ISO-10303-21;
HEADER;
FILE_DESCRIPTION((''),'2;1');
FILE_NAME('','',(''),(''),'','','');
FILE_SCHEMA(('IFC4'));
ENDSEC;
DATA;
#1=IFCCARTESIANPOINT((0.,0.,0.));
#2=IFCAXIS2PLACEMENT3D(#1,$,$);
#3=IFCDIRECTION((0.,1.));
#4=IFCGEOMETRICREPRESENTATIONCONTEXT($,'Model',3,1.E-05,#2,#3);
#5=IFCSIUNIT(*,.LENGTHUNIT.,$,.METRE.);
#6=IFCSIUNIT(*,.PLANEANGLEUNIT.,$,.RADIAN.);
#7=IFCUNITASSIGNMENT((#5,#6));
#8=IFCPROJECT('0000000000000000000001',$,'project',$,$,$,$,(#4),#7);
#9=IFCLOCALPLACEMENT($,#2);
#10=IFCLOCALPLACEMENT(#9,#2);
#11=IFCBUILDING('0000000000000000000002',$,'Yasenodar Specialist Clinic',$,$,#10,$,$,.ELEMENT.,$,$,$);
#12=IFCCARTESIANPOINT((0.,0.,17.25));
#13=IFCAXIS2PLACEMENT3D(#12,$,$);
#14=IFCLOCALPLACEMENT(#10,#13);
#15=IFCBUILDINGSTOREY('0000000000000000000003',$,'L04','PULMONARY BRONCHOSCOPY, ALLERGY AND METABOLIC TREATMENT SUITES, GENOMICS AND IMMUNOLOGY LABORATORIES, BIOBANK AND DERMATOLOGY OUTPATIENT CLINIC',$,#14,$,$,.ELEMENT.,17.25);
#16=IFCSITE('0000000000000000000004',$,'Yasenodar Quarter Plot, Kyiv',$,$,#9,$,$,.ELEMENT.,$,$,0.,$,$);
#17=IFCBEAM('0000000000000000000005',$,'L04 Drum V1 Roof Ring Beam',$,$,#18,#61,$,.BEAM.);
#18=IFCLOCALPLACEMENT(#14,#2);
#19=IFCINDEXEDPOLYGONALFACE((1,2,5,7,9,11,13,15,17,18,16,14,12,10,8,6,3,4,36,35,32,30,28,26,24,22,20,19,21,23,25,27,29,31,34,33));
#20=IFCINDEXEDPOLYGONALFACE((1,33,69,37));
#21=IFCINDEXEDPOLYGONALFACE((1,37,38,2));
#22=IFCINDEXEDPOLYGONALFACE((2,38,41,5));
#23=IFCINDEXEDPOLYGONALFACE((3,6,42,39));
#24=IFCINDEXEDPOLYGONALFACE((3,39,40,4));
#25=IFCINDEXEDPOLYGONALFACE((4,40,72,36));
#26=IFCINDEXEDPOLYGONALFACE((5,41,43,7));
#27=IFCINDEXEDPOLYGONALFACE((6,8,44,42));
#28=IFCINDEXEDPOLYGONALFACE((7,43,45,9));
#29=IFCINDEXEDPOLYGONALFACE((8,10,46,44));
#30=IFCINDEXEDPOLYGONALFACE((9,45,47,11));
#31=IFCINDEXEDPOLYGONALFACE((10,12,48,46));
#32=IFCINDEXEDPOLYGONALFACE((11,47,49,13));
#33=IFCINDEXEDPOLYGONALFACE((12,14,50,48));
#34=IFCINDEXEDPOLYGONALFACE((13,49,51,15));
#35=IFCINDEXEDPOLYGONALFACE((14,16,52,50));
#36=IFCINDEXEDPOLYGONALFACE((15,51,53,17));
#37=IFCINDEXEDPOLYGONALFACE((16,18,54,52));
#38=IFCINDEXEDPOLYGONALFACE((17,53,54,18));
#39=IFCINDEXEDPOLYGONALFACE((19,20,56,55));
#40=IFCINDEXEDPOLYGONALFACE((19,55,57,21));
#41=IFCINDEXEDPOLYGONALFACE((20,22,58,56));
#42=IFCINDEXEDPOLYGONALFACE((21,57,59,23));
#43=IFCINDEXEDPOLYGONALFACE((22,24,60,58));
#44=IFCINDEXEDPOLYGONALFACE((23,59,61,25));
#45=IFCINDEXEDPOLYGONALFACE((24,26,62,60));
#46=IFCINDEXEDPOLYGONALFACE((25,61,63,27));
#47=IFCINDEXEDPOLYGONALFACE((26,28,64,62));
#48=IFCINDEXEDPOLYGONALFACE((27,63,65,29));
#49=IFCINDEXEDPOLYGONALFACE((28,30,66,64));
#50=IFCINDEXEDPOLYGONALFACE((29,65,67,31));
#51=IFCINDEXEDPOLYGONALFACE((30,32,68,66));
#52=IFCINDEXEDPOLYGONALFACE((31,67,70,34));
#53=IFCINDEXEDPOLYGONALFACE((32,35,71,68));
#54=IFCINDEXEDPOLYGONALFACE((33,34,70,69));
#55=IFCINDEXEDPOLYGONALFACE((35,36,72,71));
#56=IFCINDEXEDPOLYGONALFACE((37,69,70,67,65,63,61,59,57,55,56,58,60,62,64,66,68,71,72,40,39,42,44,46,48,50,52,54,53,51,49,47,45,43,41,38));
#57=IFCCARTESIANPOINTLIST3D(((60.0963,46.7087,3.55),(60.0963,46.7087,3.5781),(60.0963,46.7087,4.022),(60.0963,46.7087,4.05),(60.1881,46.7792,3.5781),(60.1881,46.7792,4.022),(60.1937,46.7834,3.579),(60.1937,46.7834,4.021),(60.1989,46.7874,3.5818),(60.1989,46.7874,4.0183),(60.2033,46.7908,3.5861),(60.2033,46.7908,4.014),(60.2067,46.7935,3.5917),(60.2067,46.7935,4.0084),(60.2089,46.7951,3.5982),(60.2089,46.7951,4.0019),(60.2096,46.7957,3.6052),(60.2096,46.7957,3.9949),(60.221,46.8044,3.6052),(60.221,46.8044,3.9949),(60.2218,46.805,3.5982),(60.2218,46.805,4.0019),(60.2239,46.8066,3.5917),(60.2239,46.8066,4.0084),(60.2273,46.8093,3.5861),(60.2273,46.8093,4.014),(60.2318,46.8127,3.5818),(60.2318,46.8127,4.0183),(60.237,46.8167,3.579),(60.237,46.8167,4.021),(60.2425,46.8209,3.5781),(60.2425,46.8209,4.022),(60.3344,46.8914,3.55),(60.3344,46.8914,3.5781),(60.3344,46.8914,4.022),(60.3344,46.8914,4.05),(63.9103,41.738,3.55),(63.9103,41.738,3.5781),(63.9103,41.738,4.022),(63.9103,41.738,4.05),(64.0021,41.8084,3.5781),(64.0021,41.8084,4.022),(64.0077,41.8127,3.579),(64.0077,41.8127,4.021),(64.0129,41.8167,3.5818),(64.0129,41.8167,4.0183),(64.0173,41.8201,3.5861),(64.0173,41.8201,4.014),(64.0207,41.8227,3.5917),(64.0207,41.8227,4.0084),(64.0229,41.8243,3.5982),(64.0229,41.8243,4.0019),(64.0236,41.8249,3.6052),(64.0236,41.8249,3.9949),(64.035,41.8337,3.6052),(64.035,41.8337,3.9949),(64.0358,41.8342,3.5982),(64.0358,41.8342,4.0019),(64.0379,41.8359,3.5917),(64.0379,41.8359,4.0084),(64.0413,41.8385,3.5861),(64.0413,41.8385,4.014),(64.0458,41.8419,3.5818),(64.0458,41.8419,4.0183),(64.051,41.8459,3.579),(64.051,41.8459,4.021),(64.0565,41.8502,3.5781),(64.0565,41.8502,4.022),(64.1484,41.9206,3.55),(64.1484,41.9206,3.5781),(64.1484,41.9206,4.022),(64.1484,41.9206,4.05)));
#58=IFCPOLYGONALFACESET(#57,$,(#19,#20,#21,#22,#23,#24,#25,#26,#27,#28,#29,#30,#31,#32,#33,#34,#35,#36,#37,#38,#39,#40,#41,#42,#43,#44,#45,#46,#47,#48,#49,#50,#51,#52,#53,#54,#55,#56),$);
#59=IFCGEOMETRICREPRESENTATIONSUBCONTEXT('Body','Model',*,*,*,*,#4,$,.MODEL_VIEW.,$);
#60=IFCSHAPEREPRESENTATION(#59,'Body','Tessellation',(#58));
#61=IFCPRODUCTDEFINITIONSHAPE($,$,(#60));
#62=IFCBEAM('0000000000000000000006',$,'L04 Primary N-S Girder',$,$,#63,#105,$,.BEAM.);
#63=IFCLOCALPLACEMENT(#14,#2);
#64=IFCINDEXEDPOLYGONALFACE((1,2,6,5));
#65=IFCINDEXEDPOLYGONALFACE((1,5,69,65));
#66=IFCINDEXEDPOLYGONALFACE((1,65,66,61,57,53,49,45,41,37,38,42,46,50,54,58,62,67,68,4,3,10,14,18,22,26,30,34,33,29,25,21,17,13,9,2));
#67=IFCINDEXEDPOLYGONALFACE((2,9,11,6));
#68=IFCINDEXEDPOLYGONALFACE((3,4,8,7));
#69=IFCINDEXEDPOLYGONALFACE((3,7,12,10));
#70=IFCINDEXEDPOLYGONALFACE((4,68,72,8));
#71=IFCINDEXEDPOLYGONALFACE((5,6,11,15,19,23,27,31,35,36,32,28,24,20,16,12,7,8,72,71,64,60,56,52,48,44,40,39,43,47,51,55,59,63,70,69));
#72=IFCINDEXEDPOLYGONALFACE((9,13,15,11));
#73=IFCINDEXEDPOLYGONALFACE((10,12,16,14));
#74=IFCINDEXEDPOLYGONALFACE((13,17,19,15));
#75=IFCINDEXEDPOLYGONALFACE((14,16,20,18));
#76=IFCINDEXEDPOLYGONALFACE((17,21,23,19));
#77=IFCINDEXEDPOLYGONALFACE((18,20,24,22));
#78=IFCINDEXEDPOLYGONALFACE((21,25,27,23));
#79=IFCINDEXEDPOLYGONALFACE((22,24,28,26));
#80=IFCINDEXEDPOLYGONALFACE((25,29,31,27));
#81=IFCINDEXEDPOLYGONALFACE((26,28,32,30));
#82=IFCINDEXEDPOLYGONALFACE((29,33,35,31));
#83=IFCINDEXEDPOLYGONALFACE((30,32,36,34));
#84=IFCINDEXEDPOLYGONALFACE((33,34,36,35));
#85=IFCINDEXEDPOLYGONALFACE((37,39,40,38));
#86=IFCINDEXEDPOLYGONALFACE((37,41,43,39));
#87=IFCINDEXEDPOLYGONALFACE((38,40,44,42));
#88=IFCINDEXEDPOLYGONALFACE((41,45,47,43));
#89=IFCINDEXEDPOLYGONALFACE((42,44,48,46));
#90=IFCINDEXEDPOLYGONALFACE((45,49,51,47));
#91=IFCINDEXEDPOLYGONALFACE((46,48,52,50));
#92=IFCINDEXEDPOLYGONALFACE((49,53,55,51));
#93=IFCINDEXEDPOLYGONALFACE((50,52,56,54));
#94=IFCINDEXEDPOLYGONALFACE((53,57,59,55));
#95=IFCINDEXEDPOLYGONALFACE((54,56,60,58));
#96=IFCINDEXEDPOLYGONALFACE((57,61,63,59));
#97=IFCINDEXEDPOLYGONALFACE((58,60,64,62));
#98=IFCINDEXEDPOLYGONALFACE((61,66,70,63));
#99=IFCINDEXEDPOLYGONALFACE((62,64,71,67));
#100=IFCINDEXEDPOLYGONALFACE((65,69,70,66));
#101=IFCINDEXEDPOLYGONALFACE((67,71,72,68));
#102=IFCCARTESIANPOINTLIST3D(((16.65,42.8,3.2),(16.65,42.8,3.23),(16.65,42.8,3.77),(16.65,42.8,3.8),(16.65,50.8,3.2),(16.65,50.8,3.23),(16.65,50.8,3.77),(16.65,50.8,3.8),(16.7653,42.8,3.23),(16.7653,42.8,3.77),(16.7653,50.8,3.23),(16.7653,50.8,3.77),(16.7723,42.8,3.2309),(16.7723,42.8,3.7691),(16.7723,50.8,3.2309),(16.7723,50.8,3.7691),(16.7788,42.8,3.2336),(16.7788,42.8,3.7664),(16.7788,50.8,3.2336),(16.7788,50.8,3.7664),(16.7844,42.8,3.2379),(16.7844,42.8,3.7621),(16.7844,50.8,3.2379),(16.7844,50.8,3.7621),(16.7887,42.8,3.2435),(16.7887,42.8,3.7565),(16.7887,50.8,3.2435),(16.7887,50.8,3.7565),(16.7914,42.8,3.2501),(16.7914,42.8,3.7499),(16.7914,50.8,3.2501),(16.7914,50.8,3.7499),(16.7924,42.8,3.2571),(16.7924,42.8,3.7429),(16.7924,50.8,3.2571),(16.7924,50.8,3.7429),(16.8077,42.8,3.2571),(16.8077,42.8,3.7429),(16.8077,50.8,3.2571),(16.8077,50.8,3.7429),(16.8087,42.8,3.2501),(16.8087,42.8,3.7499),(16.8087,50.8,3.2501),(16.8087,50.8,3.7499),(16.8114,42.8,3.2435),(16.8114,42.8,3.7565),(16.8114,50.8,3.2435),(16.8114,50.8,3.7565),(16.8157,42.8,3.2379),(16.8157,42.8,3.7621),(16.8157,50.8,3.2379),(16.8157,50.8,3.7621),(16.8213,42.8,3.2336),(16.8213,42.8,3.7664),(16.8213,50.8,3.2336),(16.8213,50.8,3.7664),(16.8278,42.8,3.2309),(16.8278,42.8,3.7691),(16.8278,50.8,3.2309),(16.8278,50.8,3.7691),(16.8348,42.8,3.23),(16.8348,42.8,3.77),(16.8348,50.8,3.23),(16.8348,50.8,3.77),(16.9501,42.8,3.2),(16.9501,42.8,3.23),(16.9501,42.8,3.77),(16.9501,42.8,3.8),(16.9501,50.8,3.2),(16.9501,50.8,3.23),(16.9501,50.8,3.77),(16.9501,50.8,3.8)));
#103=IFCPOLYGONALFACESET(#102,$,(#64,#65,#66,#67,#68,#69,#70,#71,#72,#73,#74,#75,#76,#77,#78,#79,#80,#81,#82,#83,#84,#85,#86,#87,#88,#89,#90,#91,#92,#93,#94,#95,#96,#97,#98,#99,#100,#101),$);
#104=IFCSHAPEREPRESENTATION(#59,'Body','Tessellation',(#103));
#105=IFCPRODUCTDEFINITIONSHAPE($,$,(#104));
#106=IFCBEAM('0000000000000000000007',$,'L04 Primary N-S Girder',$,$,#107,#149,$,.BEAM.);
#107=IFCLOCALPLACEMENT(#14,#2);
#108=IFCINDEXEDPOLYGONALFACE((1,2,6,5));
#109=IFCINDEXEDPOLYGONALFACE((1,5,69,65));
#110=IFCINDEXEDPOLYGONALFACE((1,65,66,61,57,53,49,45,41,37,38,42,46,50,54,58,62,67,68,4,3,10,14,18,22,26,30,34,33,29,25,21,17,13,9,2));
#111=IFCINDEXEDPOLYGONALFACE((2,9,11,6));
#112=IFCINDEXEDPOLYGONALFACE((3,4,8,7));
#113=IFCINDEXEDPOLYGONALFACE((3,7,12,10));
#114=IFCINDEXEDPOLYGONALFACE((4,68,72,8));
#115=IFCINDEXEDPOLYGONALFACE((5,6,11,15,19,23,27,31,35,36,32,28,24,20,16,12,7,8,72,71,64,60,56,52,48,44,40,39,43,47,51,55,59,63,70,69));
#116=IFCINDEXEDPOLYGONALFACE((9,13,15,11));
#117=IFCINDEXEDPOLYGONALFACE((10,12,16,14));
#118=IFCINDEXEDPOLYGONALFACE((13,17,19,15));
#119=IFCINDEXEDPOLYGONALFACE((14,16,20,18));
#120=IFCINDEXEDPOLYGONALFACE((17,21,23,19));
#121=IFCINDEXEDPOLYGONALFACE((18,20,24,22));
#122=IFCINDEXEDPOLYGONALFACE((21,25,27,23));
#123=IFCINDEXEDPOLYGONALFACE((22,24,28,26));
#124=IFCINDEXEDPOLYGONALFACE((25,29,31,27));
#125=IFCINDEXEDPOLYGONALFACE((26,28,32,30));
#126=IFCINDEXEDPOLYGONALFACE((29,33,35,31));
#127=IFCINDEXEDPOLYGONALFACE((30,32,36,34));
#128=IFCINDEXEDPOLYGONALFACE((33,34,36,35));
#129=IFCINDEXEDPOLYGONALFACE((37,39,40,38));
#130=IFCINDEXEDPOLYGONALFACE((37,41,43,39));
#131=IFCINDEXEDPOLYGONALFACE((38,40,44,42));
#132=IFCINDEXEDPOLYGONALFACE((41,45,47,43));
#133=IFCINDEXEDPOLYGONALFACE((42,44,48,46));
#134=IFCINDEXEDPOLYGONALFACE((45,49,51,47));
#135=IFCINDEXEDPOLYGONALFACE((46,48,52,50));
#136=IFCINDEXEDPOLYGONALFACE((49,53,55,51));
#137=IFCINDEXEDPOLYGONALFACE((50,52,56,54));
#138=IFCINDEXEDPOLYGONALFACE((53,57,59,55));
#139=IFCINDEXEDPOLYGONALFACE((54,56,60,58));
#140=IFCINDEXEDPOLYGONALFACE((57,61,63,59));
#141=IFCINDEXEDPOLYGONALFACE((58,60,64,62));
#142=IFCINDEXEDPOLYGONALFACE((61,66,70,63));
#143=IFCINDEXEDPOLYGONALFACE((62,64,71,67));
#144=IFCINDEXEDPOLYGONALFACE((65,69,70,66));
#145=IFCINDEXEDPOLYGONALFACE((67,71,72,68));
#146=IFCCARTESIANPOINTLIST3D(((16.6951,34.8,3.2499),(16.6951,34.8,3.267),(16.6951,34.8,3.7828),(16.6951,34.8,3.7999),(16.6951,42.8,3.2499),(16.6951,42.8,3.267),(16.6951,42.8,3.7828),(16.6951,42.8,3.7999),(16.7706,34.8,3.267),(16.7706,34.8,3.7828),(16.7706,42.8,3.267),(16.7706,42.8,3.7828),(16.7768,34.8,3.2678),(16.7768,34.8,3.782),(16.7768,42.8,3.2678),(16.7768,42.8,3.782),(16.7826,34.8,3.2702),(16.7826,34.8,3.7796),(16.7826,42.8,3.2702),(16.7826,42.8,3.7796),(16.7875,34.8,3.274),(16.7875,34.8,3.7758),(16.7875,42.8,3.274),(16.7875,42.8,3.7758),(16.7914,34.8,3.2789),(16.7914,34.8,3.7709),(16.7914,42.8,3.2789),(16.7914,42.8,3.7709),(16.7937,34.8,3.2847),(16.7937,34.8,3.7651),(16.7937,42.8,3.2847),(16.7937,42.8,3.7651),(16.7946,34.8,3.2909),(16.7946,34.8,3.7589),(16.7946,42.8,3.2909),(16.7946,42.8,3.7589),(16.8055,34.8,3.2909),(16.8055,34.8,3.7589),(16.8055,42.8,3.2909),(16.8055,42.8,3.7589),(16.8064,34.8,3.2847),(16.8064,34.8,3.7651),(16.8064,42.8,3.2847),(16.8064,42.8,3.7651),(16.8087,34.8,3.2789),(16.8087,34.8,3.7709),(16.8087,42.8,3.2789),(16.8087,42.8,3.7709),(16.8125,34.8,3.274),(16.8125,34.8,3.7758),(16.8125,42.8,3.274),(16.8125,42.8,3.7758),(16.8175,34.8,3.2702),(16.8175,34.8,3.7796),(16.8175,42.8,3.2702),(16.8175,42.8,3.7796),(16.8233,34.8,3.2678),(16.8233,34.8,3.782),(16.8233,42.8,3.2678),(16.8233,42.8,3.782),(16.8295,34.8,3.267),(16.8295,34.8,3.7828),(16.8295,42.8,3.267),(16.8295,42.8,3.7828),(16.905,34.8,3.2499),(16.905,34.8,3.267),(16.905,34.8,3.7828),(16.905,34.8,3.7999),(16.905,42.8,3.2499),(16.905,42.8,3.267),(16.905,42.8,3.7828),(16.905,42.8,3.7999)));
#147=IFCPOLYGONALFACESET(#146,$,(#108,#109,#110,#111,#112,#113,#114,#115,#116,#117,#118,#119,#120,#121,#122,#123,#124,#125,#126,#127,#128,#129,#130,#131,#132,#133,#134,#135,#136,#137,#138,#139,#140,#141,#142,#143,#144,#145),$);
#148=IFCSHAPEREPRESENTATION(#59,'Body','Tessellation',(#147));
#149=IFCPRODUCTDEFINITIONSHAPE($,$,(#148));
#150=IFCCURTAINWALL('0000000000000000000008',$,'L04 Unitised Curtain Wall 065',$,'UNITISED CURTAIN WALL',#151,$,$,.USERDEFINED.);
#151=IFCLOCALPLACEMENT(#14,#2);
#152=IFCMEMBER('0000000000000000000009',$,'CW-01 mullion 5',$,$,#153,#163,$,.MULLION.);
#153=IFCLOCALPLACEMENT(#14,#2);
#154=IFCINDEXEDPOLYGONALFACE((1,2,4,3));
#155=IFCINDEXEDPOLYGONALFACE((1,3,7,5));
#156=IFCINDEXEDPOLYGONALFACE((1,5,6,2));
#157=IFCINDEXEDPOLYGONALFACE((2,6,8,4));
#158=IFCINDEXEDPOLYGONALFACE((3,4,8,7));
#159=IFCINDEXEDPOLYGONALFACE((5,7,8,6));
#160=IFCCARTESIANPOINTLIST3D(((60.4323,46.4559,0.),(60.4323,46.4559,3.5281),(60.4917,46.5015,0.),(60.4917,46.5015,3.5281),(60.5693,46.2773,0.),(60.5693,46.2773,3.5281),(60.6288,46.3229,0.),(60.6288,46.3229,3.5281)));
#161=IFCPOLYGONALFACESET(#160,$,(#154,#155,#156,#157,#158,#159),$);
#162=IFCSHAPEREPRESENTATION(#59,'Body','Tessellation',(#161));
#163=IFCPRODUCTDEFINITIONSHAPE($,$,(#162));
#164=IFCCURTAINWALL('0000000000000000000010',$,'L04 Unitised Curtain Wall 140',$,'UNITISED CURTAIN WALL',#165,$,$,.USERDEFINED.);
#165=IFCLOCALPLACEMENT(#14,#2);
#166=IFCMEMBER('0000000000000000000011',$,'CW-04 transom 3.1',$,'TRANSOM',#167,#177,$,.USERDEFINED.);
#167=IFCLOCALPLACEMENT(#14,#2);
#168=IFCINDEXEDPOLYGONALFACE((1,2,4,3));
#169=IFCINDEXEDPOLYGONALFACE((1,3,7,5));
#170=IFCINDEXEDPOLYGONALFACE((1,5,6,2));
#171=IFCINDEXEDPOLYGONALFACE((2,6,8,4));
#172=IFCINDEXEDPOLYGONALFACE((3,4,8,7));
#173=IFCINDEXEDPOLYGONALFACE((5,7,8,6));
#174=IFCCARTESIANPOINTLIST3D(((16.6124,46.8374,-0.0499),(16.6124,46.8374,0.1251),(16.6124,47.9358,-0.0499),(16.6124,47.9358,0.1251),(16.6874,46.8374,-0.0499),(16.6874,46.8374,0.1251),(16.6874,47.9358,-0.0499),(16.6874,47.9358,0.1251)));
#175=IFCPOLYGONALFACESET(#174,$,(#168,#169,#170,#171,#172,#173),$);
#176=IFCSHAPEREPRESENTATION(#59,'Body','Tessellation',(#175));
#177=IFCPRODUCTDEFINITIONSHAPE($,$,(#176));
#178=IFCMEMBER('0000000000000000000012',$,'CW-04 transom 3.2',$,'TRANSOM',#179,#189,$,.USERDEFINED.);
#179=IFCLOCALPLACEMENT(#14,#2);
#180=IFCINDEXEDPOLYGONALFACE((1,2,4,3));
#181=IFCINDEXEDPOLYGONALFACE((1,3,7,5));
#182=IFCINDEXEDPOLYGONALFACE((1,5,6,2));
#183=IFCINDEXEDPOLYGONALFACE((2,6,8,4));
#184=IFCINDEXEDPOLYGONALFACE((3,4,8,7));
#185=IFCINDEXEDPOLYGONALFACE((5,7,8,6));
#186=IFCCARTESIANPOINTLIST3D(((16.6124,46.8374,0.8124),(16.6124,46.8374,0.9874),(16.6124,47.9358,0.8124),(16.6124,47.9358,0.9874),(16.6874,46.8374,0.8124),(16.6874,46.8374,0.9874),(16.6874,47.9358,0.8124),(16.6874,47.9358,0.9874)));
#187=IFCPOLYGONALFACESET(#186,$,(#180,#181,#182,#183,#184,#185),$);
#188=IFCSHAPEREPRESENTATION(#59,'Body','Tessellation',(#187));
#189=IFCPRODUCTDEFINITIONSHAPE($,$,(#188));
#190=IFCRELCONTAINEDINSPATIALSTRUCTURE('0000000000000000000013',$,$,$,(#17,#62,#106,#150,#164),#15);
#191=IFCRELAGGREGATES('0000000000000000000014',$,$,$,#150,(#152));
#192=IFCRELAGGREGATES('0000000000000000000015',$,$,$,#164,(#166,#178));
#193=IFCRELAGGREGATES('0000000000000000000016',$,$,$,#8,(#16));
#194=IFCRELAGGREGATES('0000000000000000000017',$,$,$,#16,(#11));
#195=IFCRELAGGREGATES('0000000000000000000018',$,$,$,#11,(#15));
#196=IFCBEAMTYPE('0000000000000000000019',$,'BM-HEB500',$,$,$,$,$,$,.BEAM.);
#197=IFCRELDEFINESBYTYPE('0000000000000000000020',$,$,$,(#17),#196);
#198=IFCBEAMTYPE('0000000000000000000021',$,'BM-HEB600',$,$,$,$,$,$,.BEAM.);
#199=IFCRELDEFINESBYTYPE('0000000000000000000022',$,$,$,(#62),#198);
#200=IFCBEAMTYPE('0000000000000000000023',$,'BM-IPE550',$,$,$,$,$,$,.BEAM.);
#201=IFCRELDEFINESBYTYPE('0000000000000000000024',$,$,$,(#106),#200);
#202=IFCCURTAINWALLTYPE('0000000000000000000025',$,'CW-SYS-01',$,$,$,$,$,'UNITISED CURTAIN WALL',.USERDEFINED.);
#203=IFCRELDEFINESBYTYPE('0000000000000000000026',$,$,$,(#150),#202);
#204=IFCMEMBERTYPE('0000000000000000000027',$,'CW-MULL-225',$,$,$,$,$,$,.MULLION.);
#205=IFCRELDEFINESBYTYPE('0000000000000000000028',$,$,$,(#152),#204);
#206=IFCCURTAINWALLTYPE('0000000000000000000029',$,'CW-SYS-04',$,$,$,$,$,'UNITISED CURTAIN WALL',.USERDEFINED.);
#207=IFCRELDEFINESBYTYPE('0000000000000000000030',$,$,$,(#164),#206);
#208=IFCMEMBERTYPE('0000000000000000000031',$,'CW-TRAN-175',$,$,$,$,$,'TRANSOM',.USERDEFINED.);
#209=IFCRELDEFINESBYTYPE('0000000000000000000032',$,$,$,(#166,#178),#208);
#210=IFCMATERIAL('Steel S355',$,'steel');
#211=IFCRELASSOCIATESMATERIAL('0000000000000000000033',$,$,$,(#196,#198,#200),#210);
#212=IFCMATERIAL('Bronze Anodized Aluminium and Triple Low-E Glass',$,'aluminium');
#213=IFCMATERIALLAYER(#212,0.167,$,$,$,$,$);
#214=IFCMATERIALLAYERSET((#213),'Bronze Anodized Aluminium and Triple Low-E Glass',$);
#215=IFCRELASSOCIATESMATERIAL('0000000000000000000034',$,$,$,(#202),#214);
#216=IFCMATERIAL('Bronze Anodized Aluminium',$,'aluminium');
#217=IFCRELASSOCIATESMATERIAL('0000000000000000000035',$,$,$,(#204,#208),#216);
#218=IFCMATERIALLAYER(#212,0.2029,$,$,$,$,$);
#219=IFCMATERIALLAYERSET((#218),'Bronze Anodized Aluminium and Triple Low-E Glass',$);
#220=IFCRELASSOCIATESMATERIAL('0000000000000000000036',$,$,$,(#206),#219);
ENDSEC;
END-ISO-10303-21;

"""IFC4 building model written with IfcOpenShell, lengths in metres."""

from ifc_helpers import new_model, si_unit, direction, frame, origin, origin_2d, place, context, subcontext, project, spatial, rectangle, i_section, extrude, material, layer, layer_set, material_profile, profile_set, type_object, element, aggregate, save


model = new_model("IFC4")

# Units and contexts
model_context = context("Model", 3, precision=1e-05, world=origin(), true_north=direction((0.0, 1.0)))
body_context = subcontext(model_context, "Body", "Model", "MODEL_VIEW")
ifc_project = project(units=[si_unit("LENGTHUNIT", "METRE"), si_unit("PLANEANGLEUNIT", "RADIAN")], contexts=[model_context])

# Site, building, storey
site_placement = place(None, origin())
site = spatial("IfcSite", under=ifc_project, at=site_placement, Name="Yasenodar Quarter Plot, Kyiv", CompositionType="ELEMENT", RefElevation=0.0)
building_placement = place(site_placement, origin())
building = spatial("IfcBuilding", under=site, at=building_placement, Name="Yasenodar Specialist Clinic", CompositionType="ELEMENT")
storey_placement = place(building_placement, frame((0.0, 0.0, 17.25)))
storey = spatial("IfcBuildingStorey", under=building, at=storey_placement, Name="L04", Description="PULMONARY BRONCHOSCOPY, ALLERGY AND METABOLIC TREATMENT SUITES, GENOMICS AND IMMUNOLOGY LABORATORIES, BIOBANK AND DERMATOLOGY OUTPATIENT CLINIC", CompositionType="ELEMENT", Elevation=17.25)

# Shared definitions
ifc_material_1 = material(Name="Steel S355", Category="steel")

# Beams
ifc_material_profile_1 = material_profile(ifc_material_1, i_section(OverallWidth=0.3, OverallDepth=0.5, WebThickness=0.0144, FlangeThickness=0.0281, FilletRadius=0.0271, at=origin_2d()), Name="HEB 500")
ifc_profile_set_1 = profile_set([ifc_material_profile_1], Name="Steel S355")
beam_type_1 = type_object("IfcBeamType", Name="BM-HEB500", PredefinedType="BEAM", material=ifc_profile_set_1)
beam_1_placement = place(storey_placement, frame((60.2153, 46.8, 3.8), z_axis=(0.608742, -0.793368, 0.0), x_axis=(0.793368, 0.608742, 0.0)))
element("IfcBeam", 1, at=beam_1_placement, inside=storey, type_object=beam_type_1, Name="L04 Drum V1 Roof Ring Beam", PredefinedType="BEAM", context=body_context, shape_type="SweptSolid", body=[
    extrude(i_section(OverallWidth=0.3, OverallDepth=0.5, WebThickness=0.0144, FlangeThickness=0.0281, FilletRadius=0.0271, at=origin_2d()), origin(), (0.0, 0.0, 1.0), 6.2654),
])
ifc_material_profile_2 = material_profile(ifc_material_1, i_section(OverallWidth=0.3, OverallDepth=0.6001, WebThickness=0.0154, FlangeThickness=0.03, FilletRadius=0.0271, at=origin_2d()), Name="HEB 600")
ifc_profile_set_2 = profile_set([ifc_material_profile_2], Name="Steel S355")
beam_type_2 = type_object("IfcBeamType", Name="BM-HEB600", PredefinedType="BEAM", material=ifc_profile_set_2)
beam_2_placement = place(storey_placement, frame((16.8, 42.8, 3.5), z_axis=(0.0, 1.0, 0.0), x_axis=(-1.0, 0.0, 0.0)))
element("IfcBeam", 2, at=beam_2_placement, inside=storey, type_object=beam_type_2, Name="L04 Primary N-S Girder", PredefinedType="BEAM", context=body_context, shape_type="SweptSolid", body=[
    extrude(i_section(OverallWidth=0.3, OverallDepth=0.6001, WebThickness=0.0154, FlangeThickness=0.03, FilletRadius=0.0271, at=origin_2d()), origin(), (0.0, 0.0, 1.0), 8.0),
])
ifc_material_profile_3 = material_profile(ifc_material_1, i_section(OverallWidth=0.21, OverallDepth=0.55, WebThickness=0.011, FlangeThickness=0.0171, FilletRadius=0.0239, at=origin_2d()), Name="IPE 550")
ifc_profile_set_3 = profile_set([ifc_material_profile_3], Name="Steel S355")
beam_type_3 = type_object("IfcBeamType", Name="BM-IPE550", PredefinedType="BEAM", material=ifc_profile_set_3)
beam_3_placement = place(storey_placement, frame((16.8, 34.8, 3.5249), z_axis=(0.0, 1.0, 0.0), x_axis=(-1.0, 0.0, 0.0)))
element("IfcBeam", 3, at=beam_3_placement, inside=storey, type_object=beam_type_3, Name="L04 Primary N-S Girder", PredefinedType="BEAM", context=body_context, shape_type="SweptSolid", body=[
    extrude(i_section(OverallWidth=0.21, OverallDepth=0.55, WebThickness=0.011, FlangeThickness=0.0171, FilletRadius=0.0239, at=origin_2d()), origin(), (0.0, 0.0, 1.0), 8.0),
])

# Curtain wall, member
ifc_material_2 = material(Name="Bronze Anodized Aluminium and Triple Low-E Glass", Category="aluminium")
ifc_layer_1 = layer(ifc_material_2, 0.167)
ifc_layer_set_1 = layer_set([ifc_layer_1], Name="Bronze Anodized Aluminium and Triple Low-E Glass")
curtain_wall_type_1 = type_object("IfcCurtainWallType", Name="CW-SYS-01", ElementType="UNITISED CURTAIN WALL", PredefinedType="USERDEFINED", material=ifc_layer_set_1)
curtain_wall_1_placement = place(storey_placement, origin())
curtain_wall_1 = element("IfcCurtainWall", 4, at=curtain_wall_1_placement, inside=storey, type_object=curtain_wall_type_1, Name="L04 Unitised Curtain Wall 065", ObjectType="UNITISED CURTAIN WALL", PredefinedType="USERDEFINED")
ifc_material_3 = material(Name="Bronze Anodized Aluminium", Category="aluminium")
ifc_material_profile_4 = material_profile(ifc_material_3, rectangle(XDim=0.075, YDim=0.2251, at=origin_2d()), Name="CW-MULL 75x225")
ifc_profile_set_4 = profile_set([ifc_material_profile_4], Name="Bronze Anodized Aluminium")
member_type_1 = type_object("IfcMemberType", Name="CW-MULL-225", PredefinedType="MULLION", material=ifc_profile_set_4)
member_1_placement = place(storey_placement, frame((60.5305, 46.3894, 0.0), z_axis=(0.0, 0.0, 1.0), x_axis=(-0.793361, -0.608752, 0.0)))
member_1 = element("IfcMember", 5, at=member_1_placement, type_object=member_type_1, Name="CW-01 mullion 5", PredefinedType="MULLION", context=body_context, shape_type="SweptSolid", body=[
    extrude(rectangle(XDim=0.075, YDim=0.2251, at=origin_2d()), origin(), (0.0, 0.0, 1.0), 3.5281),
])
aggregate(curtain_wall_1, [member_1])

# Curtain wall, members
ifc_layer_2 = layer(ifc_material_2, 0.2029)
ifc_layer_set_2 = layer_set([ifc_layer_2], Name="Bronze Anodized Aluminium and Triple Low-E Glass")
curtain_wall_type_2 = type_object("IfcCurtainWallType", Name="CW-SYS-04", ElementType="UNITISED CURTAIN WALL", PredefinedType="USERDEFINED", material=ifc_layer_set_2)
curtain_wall_2_placement = place(storey_placement, origin())
curtain_wall_2 = element("IfcCurtainWall", 6, at=curtain_wall_2_placement, inside=storey, type_object=curtain_wall_type_2, Name="L04 Unitised Curtain Wall 140", ObjectType="UNITISED CURTAIN WALL", PredefinedType="USERDEFINED")
ifc_material_profile_5 = material_profile(ifc_material_3, rectangle(XDim=0.075, YDim=0.175, at=origin_2d()), Name="CW-TRAN 75x175")
ifc_profile_set_5 = profile_set([ifc_material_profile_5], Name="Bronze Anodized Aluminium")
member_type_2 = type_object("IfcMemberType", Name="CW-TRAN-175", ElementType="TRANSOM", PredefinedType="USERDEFINED", material=ifc_profile_set_5)
member_2_placement = place(storey_placement, frame((16.6499, 47.9358, 0.0376), z_axis=(0.0, -1.0, 0.0), x_axis=(1.0, 0.0, 0.0)))
member_2 = element("IfcMember", 7, at=member_2_placement, type_object=member_type_2, Name="CW-04 transom 3.1", ObjectType="TRANSOM", PredefinedType="USERDEFINED", context=body_context, shape_type="SweptSolid", body=[
    extrude(rectangle(XDim=0.075, YDim=0.175, at=origin_2d()), origin(), (0.0, 0.0, 1.0), 1.0984),
])
member_3_placement = place(storey_placement, frame((16.6499, 47.9358, 0.8999), z_axis=(0.0, -1.0, 0.0), x_axis=(1.0, 0.0, 0.0)))
member_3 = element("IfcMember", 8, at=member_3_placement, type_object=member_type_2, Name="CW-04 transom 3.2", ObjectType="TRANSOM", PredefinedType="USERDEFINED", context=body_context, shape_type="SweptSolid", body=[
    extrude(rectangle(XDim=0.075, YDim=0.175, at=origin_2d()), origin(), (0.0, 0.0, 1.0), 1.0984),
])
aggregate(curtain_wall_2, [member_2, member_3])

save(model, "model.ifc")
